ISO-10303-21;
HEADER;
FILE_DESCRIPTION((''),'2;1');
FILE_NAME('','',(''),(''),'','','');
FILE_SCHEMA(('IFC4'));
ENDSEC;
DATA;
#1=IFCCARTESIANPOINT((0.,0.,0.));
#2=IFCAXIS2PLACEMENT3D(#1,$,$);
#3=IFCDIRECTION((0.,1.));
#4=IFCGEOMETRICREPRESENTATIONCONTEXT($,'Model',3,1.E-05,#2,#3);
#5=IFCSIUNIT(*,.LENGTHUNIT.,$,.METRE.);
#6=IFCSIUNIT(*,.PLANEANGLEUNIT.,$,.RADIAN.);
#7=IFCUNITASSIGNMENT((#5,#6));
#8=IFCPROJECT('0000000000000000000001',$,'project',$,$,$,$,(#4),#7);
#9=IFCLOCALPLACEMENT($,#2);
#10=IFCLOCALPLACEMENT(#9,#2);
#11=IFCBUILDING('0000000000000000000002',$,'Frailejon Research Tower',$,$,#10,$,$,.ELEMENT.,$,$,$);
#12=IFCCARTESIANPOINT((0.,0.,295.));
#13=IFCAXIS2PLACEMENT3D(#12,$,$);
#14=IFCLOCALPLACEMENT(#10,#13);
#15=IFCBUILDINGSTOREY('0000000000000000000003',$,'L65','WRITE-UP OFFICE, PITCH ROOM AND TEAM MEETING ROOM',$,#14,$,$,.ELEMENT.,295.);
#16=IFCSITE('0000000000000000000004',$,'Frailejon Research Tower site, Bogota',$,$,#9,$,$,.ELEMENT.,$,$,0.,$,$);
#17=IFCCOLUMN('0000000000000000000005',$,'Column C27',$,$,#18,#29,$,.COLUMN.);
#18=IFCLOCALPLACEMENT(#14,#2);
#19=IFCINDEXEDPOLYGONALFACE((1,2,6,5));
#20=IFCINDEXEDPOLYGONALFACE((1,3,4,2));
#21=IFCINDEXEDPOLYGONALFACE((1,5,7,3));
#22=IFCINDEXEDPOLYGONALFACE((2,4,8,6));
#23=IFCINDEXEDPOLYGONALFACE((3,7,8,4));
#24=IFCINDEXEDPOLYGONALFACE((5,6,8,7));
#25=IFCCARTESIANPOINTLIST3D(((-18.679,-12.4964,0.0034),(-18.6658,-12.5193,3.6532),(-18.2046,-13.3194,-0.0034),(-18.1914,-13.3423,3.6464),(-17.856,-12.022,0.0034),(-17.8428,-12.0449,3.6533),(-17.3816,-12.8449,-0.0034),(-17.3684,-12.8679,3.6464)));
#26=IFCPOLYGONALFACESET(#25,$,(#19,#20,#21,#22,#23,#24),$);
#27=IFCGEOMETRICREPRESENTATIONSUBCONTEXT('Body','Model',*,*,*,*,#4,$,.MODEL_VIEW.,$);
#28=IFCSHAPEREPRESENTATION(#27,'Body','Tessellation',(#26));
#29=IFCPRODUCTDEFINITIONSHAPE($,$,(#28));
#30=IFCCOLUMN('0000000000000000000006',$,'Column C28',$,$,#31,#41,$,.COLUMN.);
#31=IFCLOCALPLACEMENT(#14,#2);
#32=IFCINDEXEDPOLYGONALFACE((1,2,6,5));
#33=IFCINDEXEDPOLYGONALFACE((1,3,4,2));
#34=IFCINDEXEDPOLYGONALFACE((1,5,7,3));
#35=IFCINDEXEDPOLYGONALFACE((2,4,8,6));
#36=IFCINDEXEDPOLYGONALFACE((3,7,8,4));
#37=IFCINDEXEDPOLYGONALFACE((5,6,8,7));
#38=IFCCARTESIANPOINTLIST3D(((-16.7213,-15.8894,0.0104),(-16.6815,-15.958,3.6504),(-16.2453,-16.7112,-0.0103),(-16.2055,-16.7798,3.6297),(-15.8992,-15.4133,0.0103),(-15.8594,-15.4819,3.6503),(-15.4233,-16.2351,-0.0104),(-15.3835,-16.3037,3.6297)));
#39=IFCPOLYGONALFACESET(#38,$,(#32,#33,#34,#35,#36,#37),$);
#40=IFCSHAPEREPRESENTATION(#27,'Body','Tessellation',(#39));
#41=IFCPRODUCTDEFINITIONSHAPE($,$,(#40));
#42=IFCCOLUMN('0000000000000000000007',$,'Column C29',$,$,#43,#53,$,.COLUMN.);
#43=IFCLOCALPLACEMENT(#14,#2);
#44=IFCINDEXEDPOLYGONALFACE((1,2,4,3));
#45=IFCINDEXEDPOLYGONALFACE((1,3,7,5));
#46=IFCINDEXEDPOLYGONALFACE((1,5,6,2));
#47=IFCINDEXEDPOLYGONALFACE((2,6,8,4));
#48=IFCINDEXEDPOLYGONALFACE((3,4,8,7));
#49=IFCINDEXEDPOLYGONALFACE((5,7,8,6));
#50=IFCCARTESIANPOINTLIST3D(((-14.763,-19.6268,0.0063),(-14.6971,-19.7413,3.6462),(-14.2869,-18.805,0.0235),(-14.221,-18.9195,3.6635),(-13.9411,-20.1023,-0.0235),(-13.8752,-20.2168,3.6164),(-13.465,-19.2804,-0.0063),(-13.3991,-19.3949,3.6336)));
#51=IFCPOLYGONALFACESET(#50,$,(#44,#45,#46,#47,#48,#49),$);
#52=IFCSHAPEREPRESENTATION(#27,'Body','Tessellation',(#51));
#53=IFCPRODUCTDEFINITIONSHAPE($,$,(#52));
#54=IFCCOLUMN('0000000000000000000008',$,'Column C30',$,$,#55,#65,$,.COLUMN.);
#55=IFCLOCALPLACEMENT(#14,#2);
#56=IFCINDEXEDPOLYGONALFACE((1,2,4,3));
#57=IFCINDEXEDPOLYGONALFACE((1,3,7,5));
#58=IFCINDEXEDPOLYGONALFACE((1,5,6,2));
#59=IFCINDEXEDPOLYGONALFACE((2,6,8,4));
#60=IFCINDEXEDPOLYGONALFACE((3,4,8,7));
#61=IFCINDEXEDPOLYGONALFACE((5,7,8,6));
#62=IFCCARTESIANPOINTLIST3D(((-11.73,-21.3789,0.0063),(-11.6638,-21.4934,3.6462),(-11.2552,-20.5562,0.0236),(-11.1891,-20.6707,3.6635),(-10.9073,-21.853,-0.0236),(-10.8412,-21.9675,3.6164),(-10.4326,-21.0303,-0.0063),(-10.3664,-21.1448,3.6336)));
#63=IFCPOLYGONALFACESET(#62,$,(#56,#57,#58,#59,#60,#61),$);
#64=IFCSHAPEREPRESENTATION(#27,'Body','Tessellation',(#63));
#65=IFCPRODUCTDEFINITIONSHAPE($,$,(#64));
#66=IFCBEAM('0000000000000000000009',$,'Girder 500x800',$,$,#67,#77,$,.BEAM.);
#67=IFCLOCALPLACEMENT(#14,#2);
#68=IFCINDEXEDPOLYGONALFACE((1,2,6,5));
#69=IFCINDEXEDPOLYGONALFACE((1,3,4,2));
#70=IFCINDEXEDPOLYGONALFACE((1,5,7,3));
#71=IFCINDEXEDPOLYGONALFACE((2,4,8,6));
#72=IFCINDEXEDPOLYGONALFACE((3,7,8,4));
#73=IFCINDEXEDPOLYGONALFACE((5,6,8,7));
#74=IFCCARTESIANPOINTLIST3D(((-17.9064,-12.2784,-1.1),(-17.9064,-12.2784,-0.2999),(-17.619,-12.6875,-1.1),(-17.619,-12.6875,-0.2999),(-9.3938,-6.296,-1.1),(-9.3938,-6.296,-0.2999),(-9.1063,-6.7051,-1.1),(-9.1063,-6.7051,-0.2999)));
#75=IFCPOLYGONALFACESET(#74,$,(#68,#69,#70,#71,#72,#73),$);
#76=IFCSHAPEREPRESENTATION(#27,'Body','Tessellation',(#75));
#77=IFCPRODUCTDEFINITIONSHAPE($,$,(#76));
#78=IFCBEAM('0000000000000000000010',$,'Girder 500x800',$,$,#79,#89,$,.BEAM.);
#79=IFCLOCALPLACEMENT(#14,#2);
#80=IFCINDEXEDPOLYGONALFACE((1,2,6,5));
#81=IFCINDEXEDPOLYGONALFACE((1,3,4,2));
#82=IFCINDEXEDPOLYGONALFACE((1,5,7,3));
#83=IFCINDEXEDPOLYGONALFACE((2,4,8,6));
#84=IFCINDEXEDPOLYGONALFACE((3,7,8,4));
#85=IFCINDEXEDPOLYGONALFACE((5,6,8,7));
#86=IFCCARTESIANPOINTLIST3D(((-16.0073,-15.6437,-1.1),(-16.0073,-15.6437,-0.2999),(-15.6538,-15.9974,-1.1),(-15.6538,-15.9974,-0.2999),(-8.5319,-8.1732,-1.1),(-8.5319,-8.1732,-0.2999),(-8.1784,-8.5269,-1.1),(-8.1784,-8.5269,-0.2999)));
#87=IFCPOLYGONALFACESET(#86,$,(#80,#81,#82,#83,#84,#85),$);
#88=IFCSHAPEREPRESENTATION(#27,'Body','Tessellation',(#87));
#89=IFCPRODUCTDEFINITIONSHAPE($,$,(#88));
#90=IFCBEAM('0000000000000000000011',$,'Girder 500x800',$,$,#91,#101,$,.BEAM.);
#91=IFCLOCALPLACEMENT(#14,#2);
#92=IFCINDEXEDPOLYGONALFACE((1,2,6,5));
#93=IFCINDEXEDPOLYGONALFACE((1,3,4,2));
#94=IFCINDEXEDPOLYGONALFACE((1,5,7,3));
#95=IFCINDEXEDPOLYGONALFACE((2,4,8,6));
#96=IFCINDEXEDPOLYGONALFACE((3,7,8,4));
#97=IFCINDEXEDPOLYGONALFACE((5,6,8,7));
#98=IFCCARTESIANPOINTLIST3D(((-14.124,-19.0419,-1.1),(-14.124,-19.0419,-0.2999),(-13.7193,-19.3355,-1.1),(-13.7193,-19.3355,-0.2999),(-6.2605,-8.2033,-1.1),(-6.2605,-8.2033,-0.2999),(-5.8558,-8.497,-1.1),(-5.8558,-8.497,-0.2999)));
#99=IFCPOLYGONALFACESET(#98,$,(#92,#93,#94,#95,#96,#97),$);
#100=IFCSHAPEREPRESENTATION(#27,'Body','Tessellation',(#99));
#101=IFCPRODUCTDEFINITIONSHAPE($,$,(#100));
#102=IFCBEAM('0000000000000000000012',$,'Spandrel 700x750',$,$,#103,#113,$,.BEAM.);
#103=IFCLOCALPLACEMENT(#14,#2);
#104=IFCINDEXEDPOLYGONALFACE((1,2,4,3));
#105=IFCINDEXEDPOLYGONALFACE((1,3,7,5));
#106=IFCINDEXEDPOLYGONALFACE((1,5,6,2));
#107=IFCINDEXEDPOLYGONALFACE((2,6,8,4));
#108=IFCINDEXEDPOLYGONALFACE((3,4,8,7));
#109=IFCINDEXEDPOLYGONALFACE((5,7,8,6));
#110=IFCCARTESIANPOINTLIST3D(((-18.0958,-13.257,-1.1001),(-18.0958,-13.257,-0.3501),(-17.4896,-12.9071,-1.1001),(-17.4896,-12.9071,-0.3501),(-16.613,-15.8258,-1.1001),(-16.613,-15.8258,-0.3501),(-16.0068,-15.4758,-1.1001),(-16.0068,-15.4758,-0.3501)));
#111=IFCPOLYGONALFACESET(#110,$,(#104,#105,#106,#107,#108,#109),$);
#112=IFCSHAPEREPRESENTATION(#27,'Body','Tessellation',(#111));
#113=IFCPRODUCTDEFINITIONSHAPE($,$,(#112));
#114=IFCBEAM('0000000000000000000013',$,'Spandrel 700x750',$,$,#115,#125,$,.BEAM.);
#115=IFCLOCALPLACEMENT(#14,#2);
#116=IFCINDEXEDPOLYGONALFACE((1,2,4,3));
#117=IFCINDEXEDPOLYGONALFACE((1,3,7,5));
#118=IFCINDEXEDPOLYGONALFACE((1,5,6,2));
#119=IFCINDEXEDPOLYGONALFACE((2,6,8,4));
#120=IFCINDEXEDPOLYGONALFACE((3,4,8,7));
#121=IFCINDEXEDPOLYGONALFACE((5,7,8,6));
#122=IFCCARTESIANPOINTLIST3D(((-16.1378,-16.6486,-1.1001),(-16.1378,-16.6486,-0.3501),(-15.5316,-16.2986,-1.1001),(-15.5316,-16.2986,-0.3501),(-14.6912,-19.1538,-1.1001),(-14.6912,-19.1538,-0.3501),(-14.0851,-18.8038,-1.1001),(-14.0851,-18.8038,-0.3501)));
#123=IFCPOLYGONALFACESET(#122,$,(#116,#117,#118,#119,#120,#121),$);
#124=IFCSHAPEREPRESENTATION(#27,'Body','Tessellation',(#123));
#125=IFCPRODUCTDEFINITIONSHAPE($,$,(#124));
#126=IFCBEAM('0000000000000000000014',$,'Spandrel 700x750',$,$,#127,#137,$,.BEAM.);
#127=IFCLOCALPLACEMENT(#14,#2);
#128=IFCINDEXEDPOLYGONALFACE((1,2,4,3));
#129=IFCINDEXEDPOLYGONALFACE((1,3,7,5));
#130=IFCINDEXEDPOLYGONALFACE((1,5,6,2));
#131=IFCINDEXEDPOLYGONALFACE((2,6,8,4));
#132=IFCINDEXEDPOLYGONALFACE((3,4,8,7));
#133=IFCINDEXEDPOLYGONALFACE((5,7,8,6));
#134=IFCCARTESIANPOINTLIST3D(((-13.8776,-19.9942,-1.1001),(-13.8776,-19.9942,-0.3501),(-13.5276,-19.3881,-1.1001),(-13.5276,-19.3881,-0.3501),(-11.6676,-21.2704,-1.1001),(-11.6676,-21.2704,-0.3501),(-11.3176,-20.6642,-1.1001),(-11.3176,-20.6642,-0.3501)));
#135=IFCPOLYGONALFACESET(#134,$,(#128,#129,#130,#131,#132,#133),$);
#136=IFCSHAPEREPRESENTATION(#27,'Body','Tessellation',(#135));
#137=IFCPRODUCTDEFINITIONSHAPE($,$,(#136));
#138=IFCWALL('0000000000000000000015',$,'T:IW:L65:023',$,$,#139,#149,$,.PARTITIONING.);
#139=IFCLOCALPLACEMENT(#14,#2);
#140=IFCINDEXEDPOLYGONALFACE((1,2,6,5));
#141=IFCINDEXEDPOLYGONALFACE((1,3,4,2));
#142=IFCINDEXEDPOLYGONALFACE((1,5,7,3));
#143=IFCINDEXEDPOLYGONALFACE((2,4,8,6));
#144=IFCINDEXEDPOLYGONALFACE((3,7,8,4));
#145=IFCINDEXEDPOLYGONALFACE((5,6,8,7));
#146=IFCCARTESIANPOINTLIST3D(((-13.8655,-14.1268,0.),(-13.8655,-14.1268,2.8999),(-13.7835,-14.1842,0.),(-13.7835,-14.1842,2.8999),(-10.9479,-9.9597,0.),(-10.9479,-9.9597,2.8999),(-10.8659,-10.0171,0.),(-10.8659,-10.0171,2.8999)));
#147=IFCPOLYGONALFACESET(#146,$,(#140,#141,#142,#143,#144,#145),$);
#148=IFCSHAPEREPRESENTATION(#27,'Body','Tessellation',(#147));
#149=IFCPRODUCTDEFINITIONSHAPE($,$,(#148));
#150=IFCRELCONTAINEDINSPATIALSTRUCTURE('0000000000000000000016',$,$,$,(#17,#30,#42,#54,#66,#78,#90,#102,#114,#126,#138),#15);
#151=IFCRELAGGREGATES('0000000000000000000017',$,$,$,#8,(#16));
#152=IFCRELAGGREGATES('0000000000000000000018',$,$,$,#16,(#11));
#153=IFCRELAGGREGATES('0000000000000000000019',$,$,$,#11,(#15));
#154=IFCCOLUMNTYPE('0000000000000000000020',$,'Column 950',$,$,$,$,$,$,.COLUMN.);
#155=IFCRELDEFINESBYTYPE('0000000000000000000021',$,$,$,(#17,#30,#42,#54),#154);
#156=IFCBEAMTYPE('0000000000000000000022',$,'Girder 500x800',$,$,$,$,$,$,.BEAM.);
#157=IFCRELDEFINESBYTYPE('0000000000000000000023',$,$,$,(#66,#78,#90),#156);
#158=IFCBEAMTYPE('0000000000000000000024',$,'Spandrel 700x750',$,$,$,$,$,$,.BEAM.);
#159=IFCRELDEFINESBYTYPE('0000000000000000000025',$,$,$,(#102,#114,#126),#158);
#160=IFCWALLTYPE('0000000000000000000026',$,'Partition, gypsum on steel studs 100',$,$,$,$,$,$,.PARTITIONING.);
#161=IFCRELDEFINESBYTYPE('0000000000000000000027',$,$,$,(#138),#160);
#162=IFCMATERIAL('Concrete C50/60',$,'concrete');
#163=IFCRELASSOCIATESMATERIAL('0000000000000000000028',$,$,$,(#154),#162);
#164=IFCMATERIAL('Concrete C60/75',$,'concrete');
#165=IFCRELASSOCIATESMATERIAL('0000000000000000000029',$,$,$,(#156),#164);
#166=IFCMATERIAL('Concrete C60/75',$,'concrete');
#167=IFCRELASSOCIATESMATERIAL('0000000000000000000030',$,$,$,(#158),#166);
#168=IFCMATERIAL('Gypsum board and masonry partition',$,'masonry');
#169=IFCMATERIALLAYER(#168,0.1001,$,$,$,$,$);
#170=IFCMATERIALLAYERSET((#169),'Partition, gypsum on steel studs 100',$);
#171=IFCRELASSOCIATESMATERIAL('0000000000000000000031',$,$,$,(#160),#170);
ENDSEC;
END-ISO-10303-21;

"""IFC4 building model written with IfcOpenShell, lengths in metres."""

from ifc_helpers import new_model, si_unit, direction, frame, frame_2d, origin, origin_2d, place, context, subcontext, project, spatial, rectangle, extrude, material, layer, layer_set, material_profile, profile_set, type_object, element, save


model = new_model("IFC4")

# Units and contexts
model_context = context("Model", 3, precision=1e-05, world=origin(), true_north=direction((0.0, 1.0)))
body_context = subcontext(model_context, "Body", "Model", "MODEL_VIEW")
ifc_project = project(units=[si_unit("LENGTHUNIT", "METRE"), si_unit("PLANEANGLEUNIT", "RADIAN")], contexts=[model_context])

# Site, building, storey
site_placement = place(None, origin())
site = spatial("IfcSite", under=ifc_project, at=site_placement, Name="Frailejon Research Tower site, Bogota", CompositionType="ELEMENT", RefElevation=0.0)
building_placement = place(site_placement, origin())
building = spatial("IfcBuilding", under=site, at=building_placement, Name="Frailejon Research Tower", CompositionType="ELEMENT")
storey_placement = place(building_placement, frame((0.0, 0.0, 295.0)))
storey = spatial("IfcBuildingStorey", under=building, at=storey_placement, Name="L65", Description="WRITE-UP OFFICE, PITCH ROOM AND TEAM MEETING ROOM", CompositionType="ELEMENT", Elevation=295.0)

# Columns
ifc_material_1 = material(Name="Concrete C50/60", Category="concrete")
ifc_material_profile_1 = material_profile(ifc_material_1, rectangle(XDim=0.95, YDim=0.95, at=origin_2d()), Name="Column 950")
ifc_profile_set_1 = profile_set([ifc_material_profile_1], Name="Concrete C50/60")
column_type = type_object("IfcColumnType", Name="Column 950", PredefinedType="COLUMN", material=ifc_profile_set_1)
column_1_placement = place(storey_placement, frame((-18.0303, -12.6707, 0.0), z_axis=(0.003612, -0.006287, 0.999974), x_axis=(0.499382, -0.866352, -0.007251)))
element("IfcColumn", 1, at=column_1_placement, inside=storey, type_object=column_type, Name="Column C27", PredefinedType="COLUMN", context=body_context, shape_type="SweptSolid", body=[
    extrude(rectangle(XDim=0.95, YDim=0.95, at=origin_2d()), origin(), (0.0, 0.0, 1.0), 3.6499),
])
column_2_placement = place(storey_placement, frame((-16.0723, -16.0623, 0.0), z_axis=(0.01093, -0.018843, 0.999763), x_axis=(0.501062, -0.865137, -0.021784)))
element("IfcColumn", 2, at=column_2_placement, inside=storey, type_object=column_type, Name="Column C28", PredefinedType="COLUMN", context=body_context, shape_type="SweptSolid", body=[
    extrude(rectangle(XDim=0.95, YDim=0.95, at=origin_2d()), origin(), (0.0, 0.0, 1.0), 3.6409),
])
for number, where, z_axis, x_axis, name in (
    (3, (-14.114, -19.4536, 0.0), (0.018098, -0.031437, 0.999342), (0.865181, -0.500476, -0.031412), "Column C29"),
    (4, (-11.0813, -21.2046, 0.0), (0.018165, -0.031437, 0.999341), (0.86598, -0.49909, -0.031441), "Column C30"),
):
    element("IfcColumn", number, at=place(storey_placement, frame(where, z_axis=z_axis, x_axis=x_axis)), inside=storey, type_object=column_type, Name=name, PredefinedType="COLUMN", context=body_context, shape_type="SweptSolid", body=[
        extrude(rectangle(XDim=0.95, YDim=0.95, at=origin_2d()), origin(), (0.0, 0.0, 1.0), 3.6423),
    ])

# Beams
ifc_material_2 = material(Name="Concrete C60/75", Category="concrete")
ifc_material_profile_2 = material_profile(ifc_material_2, rectangle(XDim=0.5, YDim=0.8, at=origin_2d()), Name="Girder 500x800")
ifc_profile_set_2 = profile_set([ifc_material_profile_2], Name="Concrete C60/75")
beam_type_1 = type_object("IfcBeamType", Name="Girder 500x800", PredefinedType="BEAM", material=ifc_profile_set_2)
beam_1_placement = place(storey_placement, frame((-17.7627, -12.4829, -0.7), z_axis=(0.818168, 0.574979, 0.0), x_axis=(-0.574979, 0.818168, 0.0)))
element("IfcBeam", 5, at=beam_1_placement, inside=storey, type_object=beam_type_1, Name="Girder 500x800", PredefinedType="BEAM", context=body_context, shape_type="SweptSolid", body=[
    extrude(rectangle(XDim=0.5, YDim=0.8, at=origin_2d()), origin(), (0.0, 0.0, 1.0), 10.4045),
])
beam_2_placement = place(storey_placement, frame((-15.8306, -15.8206, -0.7), z_axis=(0.707338, 0.706876, 0.0), x_axis=(-0.706876, 0.707338, 0.0)))
element("IfcBeam", 6, at=beam_2_placement, inside=storey, type_object=beam_type_1, Name="Girder 500x800", PredefinedType="BEAM", context=body_context, shape_type="SweptSolid", body=[
    extrude(rectangle(XDim=0.5, YDim=0.8, at=origin_2d()), origin(), (0.0, 0.0, 1.0), 10.5684),
])
beam_3_placement = place(storey_placement, frame((-13.9216, -19.1887, -0.7), z_axis=(0.587238, 0.809414, 0.0), x_axis=(-0.809414, 0.587238, 0.0)))
element("IfcBeam", 7, at=beam_3_placement, inside=storey, type_object=beam_type_1, Name="Girder 500x800", PredefinedType="BEAM", context=body_context, shape_type="SweptSolid", body=[
    extrude(rectangle(XDim=0.5, YDim=0.8, at=origin_2d()), origin(), (0.0, 0.0, 1.0), 13.3906),
])
ifc_material_3 = material(Name="Concrete C60/75", Category="concrete")
ifc_material_profile_3 = material_profile(ifc_material_3, rectangle(XDim=0.7, YDim=0.75, at=origin_2d()), Name="Spandrel 700x750")
ifc_profile_set_3 = profile_set([ifc_material_profile_3], Name="Concrete C60/75")
beam_type_2 = type_object("IfcBeamType", Name="Spandrel 700x750", PredefinedType="BEAM", material=ifc_profile_set_3)
beam_4_placement = place(storey_placement, frame((-17.7927, -13.082, -0.7251), z_axis=(0.499946, -0.866057, 0.0), x_axis=(0.866057, 0.499946, 0.0)))
element("IfcBeam", 8, at=beam_4_placement, inside=storey, type_object=beam_type_2, Name="Spandrel 700x750", PredefinedType="BEAM", context=body_context, shape_type="SweptSolid", body=[
    extrude(rectangle(XDim=0.7, YDim=0.75, at=origin_2d()), origin(), (0.0, 0.0, 1.0), 2.9661),
])
beam_5_placement = place(storey_placement, frame((-15.8347, -16.4736, -0.7251), z_axis=(0.500051, -0.865996, 0.0), x_axis=(0.865996, 0.500051, 0.0)))
element("IfcBeam", 9, at=beam_5_placement, inside=storey, type_object=beam_type_2, Name="Spandrel 700x750", PredefinedType="BEAM", context=body_context, shape_type="SweptSolid", body=[
    extrude(rectangle(XDim=0.7, YDim=0.75, at=origin_2d()), origin(), (0.0, 0.0, 1.0), 2.8928),
])
beam_6_placement = place(storey_placement, frame((-13.7026, -19.6912, -0.7251), z_axis=(0.865991, -0.500059, 0.0), x_axis=(0.500059, 0.865991, 0.0)))
element("IfcBeam", 10, at=beam_6_placement, inside=storey, type_object=beam_type_2, Name="Spandrel 700x750", PredefinedType="BEAM", context=body_context, shape_type="SweptSolid", body=[
    extrude(rectangle(XDim=0.7, YDim=0.75, at=origin_2d()), origin(), (0.0, 0.0, 1.0), 2.552),
])

# Wall
ifc_material_4 = material(Name="Gypsum board and masonry partition", Category="masonry")
ifc_layer_1 = layer(ifc_material_4, 0.1001)
ifc_layer_set_1 = layer_set([ifc_layer_1], Name="Partition, gypsum on steel studs 100")
wall_type_1 = type_object("IfcWallType", Name="Partition, gypsum on steel studs 100", PredefinedType="PARTITIONING", material=ifc_layer_set_1)
wall_1_placement = place(storey_placement, frame((-13.8245, -14.1555, 0.0), z_axis=(0.0, 0.0, 1.0), x_axis=(0.57354, 0.819178, 0.0)))
element("IfcWall", 11, at=wall_1_placement, inside=storey, type_object=wall_type_1, Name="T:IW:L65:023", PredefinedType="PARTITIONING", context=body_context, shape_type="SweptSolid", body=[
    extrude(rectangle(XDim=5.0869, YDim=0.1001, at=frame_2d((2.5435, 0.0))), origin(), (0.0, 0.0, 1.0), 2.8999),
])

save(model, "model.ifc")
